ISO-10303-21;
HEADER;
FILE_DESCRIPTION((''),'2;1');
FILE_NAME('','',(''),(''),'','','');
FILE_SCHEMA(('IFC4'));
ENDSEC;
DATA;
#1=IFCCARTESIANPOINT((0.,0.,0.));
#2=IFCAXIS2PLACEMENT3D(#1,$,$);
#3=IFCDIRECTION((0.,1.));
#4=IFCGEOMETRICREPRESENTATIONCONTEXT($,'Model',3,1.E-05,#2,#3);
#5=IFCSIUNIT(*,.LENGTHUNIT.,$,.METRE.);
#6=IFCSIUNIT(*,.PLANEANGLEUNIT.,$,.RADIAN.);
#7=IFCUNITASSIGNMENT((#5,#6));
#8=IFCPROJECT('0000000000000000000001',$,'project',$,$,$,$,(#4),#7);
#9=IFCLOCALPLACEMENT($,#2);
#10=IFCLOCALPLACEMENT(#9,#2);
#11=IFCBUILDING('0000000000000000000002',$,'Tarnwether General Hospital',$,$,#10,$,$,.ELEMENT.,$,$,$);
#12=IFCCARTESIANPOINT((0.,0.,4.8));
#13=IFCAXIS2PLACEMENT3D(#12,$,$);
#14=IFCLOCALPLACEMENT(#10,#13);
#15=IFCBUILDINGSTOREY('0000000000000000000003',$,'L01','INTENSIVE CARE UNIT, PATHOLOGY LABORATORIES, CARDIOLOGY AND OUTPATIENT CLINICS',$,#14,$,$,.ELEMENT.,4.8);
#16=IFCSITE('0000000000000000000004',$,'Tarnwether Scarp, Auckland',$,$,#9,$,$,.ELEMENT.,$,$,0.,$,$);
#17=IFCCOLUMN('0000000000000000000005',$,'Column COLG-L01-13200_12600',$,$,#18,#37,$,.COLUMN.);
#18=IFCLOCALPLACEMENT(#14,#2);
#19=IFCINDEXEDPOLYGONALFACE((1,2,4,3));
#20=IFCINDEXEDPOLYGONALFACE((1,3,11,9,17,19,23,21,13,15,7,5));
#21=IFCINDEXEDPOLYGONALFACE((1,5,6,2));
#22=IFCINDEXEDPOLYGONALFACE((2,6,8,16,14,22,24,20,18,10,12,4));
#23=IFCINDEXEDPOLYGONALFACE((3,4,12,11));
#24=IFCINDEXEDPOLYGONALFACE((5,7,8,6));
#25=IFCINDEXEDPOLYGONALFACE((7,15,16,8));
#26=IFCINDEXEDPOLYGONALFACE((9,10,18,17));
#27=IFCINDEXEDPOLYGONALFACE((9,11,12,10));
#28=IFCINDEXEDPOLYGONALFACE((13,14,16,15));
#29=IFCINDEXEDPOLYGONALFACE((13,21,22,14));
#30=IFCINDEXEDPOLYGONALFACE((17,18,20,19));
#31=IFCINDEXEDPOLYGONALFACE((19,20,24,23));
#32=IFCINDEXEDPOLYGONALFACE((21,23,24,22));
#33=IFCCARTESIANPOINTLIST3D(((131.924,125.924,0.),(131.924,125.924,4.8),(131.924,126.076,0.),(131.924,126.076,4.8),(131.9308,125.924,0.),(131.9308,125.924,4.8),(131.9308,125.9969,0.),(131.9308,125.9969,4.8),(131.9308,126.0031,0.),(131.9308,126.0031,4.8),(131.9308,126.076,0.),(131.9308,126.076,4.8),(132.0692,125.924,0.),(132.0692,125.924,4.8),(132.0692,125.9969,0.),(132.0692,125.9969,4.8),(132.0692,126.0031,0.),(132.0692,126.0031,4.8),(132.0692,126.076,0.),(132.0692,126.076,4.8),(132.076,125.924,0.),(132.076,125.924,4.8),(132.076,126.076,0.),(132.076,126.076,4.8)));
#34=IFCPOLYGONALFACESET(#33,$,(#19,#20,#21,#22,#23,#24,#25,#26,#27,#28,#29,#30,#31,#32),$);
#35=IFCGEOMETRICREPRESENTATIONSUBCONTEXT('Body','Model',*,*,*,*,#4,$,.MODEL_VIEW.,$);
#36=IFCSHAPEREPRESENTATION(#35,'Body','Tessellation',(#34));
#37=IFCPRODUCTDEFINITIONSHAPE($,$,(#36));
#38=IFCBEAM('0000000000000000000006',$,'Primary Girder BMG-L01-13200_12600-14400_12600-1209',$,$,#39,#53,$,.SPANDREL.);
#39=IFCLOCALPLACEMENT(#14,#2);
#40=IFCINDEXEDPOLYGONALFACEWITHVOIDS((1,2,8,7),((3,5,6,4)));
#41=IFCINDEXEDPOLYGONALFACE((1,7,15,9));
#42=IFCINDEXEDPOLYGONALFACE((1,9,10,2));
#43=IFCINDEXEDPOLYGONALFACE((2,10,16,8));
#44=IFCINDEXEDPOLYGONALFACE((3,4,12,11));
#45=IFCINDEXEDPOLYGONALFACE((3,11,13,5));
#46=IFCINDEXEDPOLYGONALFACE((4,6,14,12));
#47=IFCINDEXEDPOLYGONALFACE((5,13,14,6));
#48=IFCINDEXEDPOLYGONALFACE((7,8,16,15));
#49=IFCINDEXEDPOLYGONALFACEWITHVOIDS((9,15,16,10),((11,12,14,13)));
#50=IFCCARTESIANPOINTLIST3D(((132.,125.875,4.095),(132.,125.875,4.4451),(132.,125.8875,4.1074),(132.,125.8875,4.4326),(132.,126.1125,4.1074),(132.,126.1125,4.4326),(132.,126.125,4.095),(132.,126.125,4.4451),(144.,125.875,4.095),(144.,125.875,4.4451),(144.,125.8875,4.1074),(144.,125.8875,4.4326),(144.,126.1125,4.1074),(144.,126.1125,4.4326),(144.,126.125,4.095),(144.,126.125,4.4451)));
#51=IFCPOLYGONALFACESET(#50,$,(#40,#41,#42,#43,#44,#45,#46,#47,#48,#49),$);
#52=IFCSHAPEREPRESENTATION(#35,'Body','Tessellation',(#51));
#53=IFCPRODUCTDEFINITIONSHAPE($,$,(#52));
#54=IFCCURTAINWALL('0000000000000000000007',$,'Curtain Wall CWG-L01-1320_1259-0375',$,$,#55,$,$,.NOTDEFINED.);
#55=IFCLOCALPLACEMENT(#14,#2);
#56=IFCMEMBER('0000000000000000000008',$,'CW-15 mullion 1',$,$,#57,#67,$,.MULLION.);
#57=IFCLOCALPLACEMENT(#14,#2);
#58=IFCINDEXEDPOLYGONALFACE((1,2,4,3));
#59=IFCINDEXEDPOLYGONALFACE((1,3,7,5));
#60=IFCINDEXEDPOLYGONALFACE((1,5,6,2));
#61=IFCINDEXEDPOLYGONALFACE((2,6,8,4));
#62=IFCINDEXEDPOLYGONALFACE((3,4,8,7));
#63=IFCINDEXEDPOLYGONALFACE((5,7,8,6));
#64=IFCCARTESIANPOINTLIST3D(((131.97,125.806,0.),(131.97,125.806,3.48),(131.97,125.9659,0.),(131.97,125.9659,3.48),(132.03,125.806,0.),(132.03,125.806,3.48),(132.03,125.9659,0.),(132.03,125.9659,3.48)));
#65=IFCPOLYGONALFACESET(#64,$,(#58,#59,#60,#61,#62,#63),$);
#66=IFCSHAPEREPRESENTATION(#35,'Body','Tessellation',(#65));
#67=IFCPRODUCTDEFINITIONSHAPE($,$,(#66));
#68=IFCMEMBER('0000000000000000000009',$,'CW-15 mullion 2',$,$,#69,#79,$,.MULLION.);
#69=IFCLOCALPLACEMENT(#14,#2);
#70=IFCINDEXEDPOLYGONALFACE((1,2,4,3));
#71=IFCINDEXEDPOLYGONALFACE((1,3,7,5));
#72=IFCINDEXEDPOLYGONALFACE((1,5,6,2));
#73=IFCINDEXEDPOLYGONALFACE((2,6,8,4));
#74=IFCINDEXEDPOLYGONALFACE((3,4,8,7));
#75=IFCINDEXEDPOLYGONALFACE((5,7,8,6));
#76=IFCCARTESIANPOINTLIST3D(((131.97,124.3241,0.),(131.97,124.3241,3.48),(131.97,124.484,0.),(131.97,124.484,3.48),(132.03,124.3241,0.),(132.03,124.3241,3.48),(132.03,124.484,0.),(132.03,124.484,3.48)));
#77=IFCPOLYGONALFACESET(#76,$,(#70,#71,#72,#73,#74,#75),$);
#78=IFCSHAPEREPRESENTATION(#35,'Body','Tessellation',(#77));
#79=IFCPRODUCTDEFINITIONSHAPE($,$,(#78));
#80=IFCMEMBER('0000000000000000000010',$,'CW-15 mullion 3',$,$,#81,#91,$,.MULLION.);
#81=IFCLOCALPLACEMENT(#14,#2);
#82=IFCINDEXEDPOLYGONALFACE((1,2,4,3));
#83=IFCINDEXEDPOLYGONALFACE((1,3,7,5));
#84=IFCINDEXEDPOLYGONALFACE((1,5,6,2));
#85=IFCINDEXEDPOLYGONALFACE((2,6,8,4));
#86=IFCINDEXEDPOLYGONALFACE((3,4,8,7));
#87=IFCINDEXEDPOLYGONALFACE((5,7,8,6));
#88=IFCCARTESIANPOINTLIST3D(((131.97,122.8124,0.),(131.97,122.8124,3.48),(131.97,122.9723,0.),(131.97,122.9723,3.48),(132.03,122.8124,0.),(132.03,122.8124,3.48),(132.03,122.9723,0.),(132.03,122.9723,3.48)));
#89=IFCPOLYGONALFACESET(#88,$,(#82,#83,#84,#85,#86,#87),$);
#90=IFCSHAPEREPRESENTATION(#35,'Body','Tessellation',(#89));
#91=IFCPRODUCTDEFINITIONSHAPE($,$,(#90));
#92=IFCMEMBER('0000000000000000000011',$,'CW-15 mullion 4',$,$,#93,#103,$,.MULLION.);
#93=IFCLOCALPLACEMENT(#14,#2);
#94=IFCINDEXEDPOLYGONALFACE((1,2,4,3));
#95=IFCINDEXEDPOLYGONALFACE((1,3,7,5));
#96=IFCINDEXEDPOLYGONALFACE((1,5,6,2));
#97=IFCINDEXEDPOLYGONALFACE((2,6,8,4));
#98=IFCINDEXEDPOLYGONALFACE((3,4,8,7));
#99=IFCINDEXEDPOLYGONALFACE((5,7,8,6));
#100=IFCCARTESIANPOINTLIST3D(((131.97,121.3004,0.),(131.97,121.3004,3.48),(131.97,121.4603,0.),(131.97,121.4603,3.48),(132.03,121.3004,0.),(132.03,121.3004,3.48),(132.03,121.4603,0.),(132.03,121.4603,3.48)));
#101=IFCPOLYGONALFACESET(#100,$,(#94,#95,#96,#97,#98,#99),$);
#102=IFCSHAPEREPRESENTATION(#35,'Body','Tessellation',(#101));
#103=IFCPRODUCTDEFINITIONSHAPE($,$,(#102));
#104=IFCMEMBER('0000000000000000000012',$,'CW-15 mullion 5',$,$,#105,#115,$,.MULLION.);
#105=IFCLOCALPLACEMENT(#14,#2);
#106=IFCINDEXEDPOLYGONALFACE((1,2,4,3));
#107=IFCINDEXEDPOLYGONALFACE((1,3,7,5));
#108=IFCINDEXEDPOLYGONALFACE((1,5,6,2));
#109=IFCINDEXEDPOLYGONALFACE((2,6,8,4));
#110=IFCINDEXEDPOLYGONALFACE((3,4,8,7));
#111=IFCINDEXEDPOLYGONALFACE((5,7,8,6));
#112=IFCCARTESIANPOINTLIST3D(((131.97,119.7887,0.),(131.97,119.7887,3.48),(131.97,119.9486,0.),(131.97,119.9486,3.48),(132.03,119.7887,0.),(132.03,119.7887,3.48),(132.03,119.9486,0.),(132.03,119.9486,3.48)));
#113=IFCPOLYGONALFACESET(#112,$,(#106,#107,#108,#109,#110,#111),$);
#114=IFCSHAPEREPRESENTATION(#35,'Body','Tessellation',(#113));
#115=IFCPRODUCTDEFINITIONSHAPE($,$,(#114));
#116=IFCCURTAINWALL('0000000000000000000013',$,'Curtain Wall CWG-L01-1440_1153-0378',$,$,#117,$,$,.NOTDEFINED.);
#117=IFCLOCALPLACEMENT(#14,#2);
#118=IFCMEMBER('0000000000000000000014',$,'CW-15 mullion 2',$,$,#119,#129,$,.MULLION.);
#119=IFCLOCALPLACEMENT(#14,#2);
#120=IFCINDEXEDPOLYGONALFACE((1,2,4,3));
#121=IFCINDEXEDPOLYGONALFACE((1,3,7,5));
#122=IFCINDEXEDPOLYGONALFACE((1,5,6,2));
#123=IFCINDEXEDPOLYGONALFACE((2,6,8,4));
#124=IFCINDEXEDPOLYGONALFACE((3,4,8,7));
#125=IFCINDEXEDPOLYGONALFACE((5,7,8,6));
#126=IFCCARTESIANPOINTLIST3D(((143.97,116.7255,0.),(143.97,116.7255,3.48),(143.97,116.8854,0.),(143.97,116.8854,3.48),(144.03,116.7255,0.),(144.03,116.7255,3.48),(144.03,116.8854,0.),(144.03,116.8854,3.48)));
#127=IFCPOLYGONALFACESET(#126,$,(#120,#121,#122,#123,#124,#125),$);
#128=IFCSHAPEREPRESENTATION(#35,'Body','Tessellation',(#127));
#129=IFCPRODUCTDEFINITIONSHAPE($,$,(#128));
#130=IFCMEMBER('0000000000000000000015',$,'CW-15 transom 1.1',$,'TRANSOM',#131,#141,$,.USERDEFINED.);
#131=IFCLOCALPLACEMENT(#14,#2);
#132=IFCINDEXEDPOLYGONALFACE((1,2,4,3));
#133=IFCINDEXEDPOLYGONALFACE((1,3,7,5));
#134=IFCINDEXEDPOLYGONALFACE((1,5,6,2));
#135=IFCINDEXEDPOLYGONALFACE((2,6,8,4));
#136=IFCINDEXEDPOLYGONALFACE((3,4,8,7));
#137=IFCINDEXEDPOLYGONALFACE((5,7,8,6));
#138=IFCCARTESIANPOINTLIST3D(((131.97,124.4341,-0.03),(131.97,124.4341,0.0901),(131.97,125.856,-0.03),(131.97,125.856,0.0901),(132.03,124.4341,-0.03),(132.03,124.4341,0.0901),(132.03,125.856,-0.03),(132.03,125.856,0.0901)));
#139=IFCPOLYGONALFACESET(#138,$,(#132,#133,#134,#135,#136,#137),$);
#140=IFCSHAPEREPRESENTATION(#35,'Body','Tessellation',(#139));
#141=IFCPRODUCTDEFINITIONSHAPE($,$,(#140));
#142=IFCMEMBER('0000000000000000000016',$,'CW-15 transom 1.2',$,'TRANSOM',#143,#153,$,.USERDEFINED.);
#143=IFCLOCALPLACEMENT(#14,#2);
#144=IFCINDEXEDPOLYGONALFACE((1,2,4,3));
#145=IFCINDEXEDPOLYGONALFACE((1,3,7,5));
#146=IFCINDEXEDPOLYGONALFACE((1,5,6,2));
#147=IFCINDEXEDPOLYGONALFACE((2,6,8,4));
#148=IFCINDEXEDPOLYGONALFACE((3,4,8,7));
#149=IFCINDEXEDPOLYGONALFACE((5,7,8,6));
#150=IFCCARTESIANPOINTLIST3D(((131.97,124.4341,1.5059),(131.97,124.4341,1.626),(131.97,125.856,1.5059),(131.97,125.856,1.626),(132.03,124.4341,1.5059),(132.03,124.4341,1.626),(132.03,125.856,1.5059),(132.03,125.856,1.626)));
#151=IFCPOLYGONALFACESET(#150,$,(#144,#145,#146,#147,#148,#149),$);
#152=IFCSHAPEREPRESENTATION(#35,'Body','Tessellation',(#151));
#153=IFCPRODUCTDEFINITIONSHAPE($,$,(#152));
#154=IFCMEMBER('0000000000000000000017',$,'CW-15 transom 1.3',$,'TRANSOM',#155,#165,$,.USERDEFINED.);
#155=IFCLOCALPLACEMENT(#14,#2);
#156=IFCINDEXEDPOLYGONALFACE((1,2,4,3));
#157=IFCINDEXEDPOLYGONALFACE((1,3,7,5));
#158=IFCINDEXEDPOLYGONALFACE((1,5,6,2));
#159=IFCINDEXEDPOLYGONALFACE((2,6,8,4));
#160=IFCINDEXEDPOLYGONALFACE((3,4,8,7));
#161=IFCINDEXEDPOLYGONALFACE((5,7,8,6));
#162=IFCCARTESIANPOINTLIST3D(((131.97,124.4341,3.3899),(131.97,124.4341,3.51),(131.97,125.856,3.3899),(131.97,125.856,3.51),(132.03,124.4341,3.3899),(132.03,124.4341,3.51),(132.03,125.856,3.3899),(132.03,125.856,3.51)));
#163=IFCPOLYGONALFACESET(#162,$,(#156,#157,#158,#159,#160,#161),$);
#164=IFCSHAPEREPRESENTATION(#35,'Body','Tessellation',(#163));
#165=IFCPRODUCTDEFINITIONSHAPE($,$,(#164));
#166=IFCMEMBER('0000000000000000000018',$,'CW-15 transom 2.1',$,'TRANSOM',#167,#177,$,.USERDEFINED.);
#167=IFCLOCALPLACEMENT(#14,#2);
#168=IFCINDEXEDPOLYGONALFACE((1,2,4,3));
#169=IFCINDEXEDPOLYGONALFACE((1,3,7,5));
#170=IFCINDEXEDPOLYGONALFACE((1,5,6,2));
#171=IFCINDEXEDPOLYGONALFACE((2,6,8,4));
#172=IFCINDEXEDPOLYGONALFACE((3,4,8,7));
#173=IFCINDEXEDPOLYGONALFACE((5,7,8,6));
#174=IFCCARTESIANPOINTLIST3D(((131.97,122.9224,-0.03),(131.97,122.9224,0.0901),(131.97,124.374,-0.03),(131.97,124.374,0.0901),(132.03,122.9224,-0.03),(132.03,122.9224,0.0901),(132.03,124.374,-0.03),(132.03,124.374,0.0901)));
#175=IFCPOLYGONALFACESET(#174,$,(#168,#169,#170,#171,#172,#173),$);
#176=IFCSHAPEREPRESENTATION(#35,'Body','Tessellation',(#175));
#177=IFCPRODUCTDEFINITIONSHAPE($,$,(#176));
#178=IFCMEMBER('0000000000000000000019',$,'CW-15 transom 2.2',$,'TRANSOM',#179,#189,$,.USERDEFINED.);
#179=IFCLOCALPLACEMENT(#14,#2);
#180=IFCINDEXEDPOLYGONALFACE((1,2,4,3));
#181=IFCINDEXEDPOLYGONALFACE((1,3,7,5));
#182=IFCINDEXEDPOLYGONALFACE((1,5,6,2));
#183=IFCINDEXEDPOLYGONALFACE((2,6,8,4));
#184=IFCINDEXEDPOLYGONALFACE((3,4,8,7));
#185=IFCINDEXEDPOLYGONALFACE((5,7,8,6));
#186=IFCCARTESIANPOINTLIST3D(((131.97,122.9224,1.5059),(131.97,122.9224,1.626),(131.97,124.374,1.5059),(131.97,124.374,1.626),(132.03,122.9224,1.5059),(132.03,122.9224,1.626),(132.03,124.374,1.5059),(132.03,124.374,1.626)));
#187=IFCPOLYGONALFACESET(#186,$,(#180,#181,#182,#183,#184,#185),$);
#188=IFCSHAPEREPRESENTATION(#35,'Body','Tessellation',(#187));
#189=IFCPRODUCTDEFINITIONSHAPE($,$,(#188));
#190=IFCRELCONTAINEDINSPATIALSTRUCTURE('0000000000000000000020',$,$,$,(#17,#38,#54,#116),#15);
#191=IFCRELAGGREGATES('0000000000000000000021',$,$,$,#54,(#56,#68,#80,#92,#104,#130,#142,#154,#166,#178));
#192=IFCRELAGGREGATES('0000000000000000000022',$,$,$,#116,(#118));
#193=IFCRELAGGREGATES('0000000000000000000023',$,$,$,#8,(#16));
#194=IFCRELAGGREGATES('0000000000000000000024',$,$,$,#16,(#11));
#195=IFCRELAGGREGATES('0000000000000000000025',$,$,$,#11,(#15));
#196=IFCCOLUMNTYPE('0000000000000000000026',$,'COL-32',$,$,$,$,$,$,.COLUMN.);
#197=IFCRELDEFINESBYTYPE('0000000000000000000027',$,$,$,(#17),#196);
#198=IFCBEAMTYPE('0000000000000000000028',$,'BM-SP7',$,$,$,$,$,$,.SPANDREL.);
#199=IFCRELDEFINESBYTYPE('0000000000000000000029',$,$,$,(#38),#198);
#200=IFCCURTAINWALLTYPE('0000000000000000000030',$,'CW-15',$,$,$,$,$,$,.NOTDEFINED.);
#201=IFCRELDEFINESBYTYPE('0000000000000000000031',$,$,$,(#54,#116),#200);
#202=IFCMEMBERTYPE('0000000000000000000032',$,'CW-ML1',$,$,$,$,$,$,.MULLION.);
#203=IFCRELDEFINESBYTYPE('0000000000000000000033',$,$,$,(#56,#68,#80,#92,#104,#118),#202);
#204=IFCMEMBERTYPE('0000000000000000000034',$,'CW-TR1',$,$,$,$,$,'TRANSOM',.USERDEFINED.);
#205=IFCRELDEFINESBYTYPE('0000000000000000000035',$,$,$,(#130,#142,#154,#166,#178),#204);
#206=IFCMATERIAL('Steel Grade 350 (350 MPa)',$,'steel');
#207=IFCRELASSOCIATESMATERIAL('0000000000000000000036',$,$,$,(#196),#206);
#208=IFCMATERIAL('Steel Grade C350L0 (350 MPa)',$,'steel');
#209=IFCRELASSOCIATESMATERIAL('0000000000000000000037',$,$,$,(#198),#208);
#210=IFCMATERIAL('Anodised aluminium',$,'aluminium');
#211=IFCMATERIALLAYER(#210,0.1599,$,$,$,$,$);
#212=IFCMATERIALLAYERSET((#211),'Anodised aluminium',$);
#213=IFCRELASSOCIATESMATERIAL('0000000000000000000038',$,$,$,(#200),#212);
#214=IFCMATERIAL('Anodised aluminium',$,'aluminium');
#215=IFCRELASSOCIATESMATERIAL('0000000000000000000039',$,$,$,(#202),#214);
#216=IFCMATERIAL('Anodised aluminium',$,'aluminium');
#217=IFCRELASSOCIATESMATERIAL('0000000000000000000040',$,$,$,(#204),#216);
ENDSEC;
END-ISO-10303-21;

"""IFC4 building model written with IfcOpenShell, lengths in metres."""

from ifc_helpers import new_model, si_unit, direction, frame, origin, origin_2d, place, context, subcontext, project, spatial, rectangle, hollow_rectangle, i_section, extrude, material, layer, layer_set, material_profile, profile_set, type_object, element, aggregate, save


model = new_model("IFC4")

# Units and contexts
model_context = context("Model", 3, precision=1e-05, world=origin(), true_north=direction((0.0, 1.0)))
body_context = subcontext(model_context, "Body", "Model", "MODEL_VIEW")
ifc_project = project(units=[si_unit("LENGTHUNIT", "METRE"), si_unit("PLANEANGLEUNIT", "RADIAN")], contexts=[model_context])

# Site, building, storey
site_placement = place(None, origin())
site = spatial("IfcSite", under=ifc_project, at=site_placement, Name="Tarnwether Scarp, Auckland", CompositionType="ELEMENT", RefElevation=0.0)
building_placement = place(site_placement, origin())
building = spatial("IfcBuilding", under=site, at=building_placement, Name="Tarnwether General Hospital", CompositionType="ELEMENT")
storey_placement = place(building_placement, frame((0.0, 0.0, 4.8)))
storey = spatial("IfcBuildingStorey", under=building, at=storey_placement, Name="L01", Description="INTENSIVE CARE UNIT, PATHOLOGY LABORATORIES, CARDIOLOGY AND OUTPATIENT CLINICS", CompositionType="ELEMENT", Elevation=4.8)

# Column
ifc_material_1 = material(Name="Steel Grade 350 (350 MPa)", Category="steel")
ifc_material_profile_1 = material_profile(ifc_material_1, i_section(OverallWidth=0.1521, OverallDepth=0.1521, WebThickness=0.0061, FlangeThickness=0.0068, at=origin_2d()), Name="150UC23.4")
ifc_profile_set_1 = profile_set([ifc_material_profile_1], Name="Steel Grade 350 (350 MPa)")
column_type = type_object("IfcColumnType", Name="COL-32", PredefinedType="COLUMN", material=ifc_profile_set_1)
column_placement = place(storey_placement, frame((132.0, 126.0, 0.0), z_axis=(0.0, 0.0, 1.0), x_axis=(0.0, 1.0, 0.0)))
element("IfcColumn", 1, at=column_placement, inside=storey, type_object=column_type, Name="Column COLG-L01-13200_12600", PredefinedType="COLUMN", context=body_context, shape_type="SweptSolid", body=[
    extrude(i_section(OverallWidth=0.1521, OverallDepth=0.1521, WebThickness=0.0061, FlangeThickness=0.0068, at=origin_2d()), origin(), (0.0, 0.0, 1.0), 4.8),
])

# Beam
ifc_material_2 = material(Name="Steel Grade C350L0 (350 MPa)", Category="steel")
ifc_material_profile_2 = material_profile(ifc_material_2, hollow_rectangle(XDim=0.25, YDim=0.3501, WallThickness=0.0125, at=origin_2d()), Name="RHS350x250x12.5")
ifc_profile_set_2 = profile_set([ifc_material_profile_2], Name="Steel Grade C350L0 (350 MPa)")
beam_type = type_object("IfcBeamType", Name="BM-SP7", PredefinedType="SPANDREL", material=ifc_profile_set_2)
beam_placement = place(storey_placement, frame((132.0, 126.0, 4.27), z_axis=(1.0, 0.0, 0.0), x_axis=(0.0, 1.0, 0.0)))
element("IfcBeam", 2, at=beam_placement, inside=storey, type_object=beam_type, Name="Primary Girder BMG-L01-13200_12600-14400_12600-1209", PredefinedType="SPANDREL", context=body_context, shape_type="SweptSolid", body=[
    extrude(hollow_rectangle(XDim=0.25, YDim=0.3501, WallThickness=0.0125, at=origin_2d()), origin(), (0.0, 0.0, 1.0), 12.0),
])

# Curtain wall, members
ifc_material_3 = material(Name="Anodised aluminium", Category="aluminium")
ifc_layer_1 = layer(ifc_material_3, 0.1599)
ifc_layer_set_1 = layer_set([ifc_layer_1], Name="Anodised aluminium")
curtain_wall_type = type_object("IfcCurtainWallType", Name="CW-15", PredefinedType="NOTDEFINED", material=ifc_layer_set_1)
curtain_wall_1_placement = place(storey_placement, origin())
curtain_wall_1 = element("IfcCurtainWall", 3, at=curtain_wall_1_placement, inside=storey, type_object=curtain_wall_type, Name="Curtain Wall CWG-L01-1320_1259-0375", PredefinedType="NOTDEFINED")
ifc_material_4 = material(Name="Anodised aluminium", Category="aluminium")
ifc_material_profile_3 = material_profile(ifc_material_4, rectangle(XDim=0.0601, YDim=0.1599, at=origin_2d()), Name="ALU-MUL-60x160")
ifc_profile_set_3 = profile_set([ifc_material_profile_3], Name="Anodised aluminium")
member_type_1 = type_object("IfcMemberType", Name="CW-ML1", PredefinedType="MULLION", material=ifc_profile_set_3)
member_1_placement = place(storey_placement, frame((132.0, 125.886, 0.0), z_axis=(0.0, 0.0, 1.0), x_axis=(1.0, 0.0, 0.0)))
member_1 = element("IfcMember", 4, at=member_1_placement, type_object=member_type_1, Name="CW-15 mullion 1", PredefinedType="MULLION", context=body_context, shape_type="SweptSolid", body=[
    extrude(rectangle(XDim=0.0601, YDim=0.1599, at=origin_2d()), origin(), (0.0, 0.0, 1.0), 3.48),
])
member_2_placement = place(storey_placement, frame((132.0, 124.4041, 0.0), z_axis=(0.0, 0.0, 1.0), x_axis=(1.0, 0.0, 0.0)))
member_2 = element("IfcMember", 5, at=member_2_placement, type_object=member_type_1, Name="CW-15 mullion 2", PredefinedType="MULLION", context=body_context, shape_type="SweptSolid", body=[
    extrude(rectangle(XDim=0.0601, YDim=0.1599, at=origin_2d()), origin(), (0.0, 0.0, 1.0), 3.48),
])
member_3_placement = place(storey_placement, frame((132.0, 122.8923, 0.0), z_axis=(0.0, 0.0, 1.0), x_axis=(1.0, 0.0, 0.0)))
member_3 = element("IfcMember", 6, at=member_3_placement, type_object=member_type_1, Name="CW-15 mullion 3", PredefinedType="MULLION", context=body_context, shape_type="SweptSolid", body=[
    extrude(rectangle(XDim=0.0601, YDim=0.1599, at=origin_2d()), origin(), (0.0, 0.0, 1.0), 3.48),
])
member_4_placement = place(storey_placement, frame((132.0, 121.3804, 0.0), z_axis=(0.0, 0.0, 1.0), x_axis=(1.0, 0.0, 0.0)))
member_4 = element("IfcMember", 7, at=member_4_placement, type_object=member_type_1, Name="CW-15 mullion 4", PredefinedType="MULLION", context=body_context, shape_type="SweptSolid", body=[
    extrude(rectangle(XDim=0.0601, YDim=0.1599, at=origin_2d()), origin(), (0.0, 0.0, 1.0), 3.48),
])
member_5_placement = place(storey_placement, frame((132.0, 119.8687, 0.0), z_axis=(0.0, 0.0, 1.0), x_axis=(1.0, 0.0, 0.0)))
member_5 = element("IfcMember", 8, at=member_5_placement, type_object=member_type_1, Name="CW-15 mullion 5", PredefinedType="MULLION", context=body_context, shape_type="SweptSolid", body=[
    extrude(rectangle(XDim=0.0601, YDim=0.1599, at=origin_2d()), origin(), (0.0, 0.0, 1.0), 3.48),
])

# Curtain wall, member
curtain_wall_2_placement = place(storey_placement, origin())
curtain_wall_2 = element("IfcCurtainWall", 9, at=curtain_wall_2_placement, inside=storey, type_object=curtain_wall_type, Name="Curtain Wall CWG-L01-1440_1153-0378", PredefinedType="NOTDEFINED")
member_6_placement = place(storey_placement, frame((144.0, 116.8054, 0.0), z_axis=(0.0, 0.0, 1.0), x_axis=(-1.0, 0.0, 0.0)))
member_6 = element("IfcMember", 10, at=member_6_placement, type_object=member_type_1, Name="CW-15 mullion 2", PredefinedType="MULLION", context=body_context, shape_type="SweptSolid", body=[
    extrude(rectangle(XDim=0.0601, YDim=0.1599, at=origin_2d()), origin(), (0.0, 0.0, 1.0), 3.48),
])

# Members
ifc_material_5 = material(Name="Anodised aluminium", Category="aluminium")
ifc_material_profile_4 = material_profile(ifc_material_5, rectangle(XDim=0.0601, YDim=0.1201, at=origin_2d()), Name="ALU-TRN-60x120")
ifc_profile_set_4 = profile_set([ifc_material_profile_4], Name="Anodised aluminium")
member_type_2 = type_object("IfcMemberType", Name="CW-TR1", ElementType="TRANSOM", PredefinedType="USERDEFINED", material=ifc_profile_set_4)
member_7_placement = place(storey_placement, frame((132.0, 125.856, 0.03), z_axis=(0.0, -1.0, 0.0), x_axis=(1.0, 0.0, 0.0)))
member_7 = element("IfcMember", 11, at=member_7_placement, type_object=member_type_2, Name="CW-15 transom 1.1", ObjectType="TRANSOM", PredefinedType="USERDEFINED", context=body_context, shape_type="SweptSolid", body=[
    extrude(rectangle(XDim=0.0601, YDim=0.1201, at=origin_2d()), origin(), (0.0, 0.0, 1.0), 1.4219),
])
member_8_placement = place(storey_placement, frame((132.0, 125.856, 1.5659), z_axis=(0.0, -1.0, 0.0), x_axis=(1.0, 0.0, 0.0)))
member_8 = element("IfcMember", 12, at=member_8_placement, type_object=member_type_2, Name="CW-15 transom 1.2", ObjectType="TRANSOM", PredefinedType="USERDEFINED", context=body_context, shape_type="SweptSolid", body=[
    extrude(rectangle(XDim=0.0601, YDim=0.1201, at=origin_2d()), origin(), (0.0, 0.0, 1.0), 1.4219),
])
member_9_placement = place(storey_placement, frame((132.0, 125.856, 3.45), z_axis=(0.0, -1.0, 0.0), x_axis=(1.0, 0.0, 0.0)))
member_9 = element("IfcMember", 13, at=member_9_placement, type_object=member_type_2, Name="CW-15 transom 1.3", ObjectType="TRANSOM", PredefinedType="USERDEFINED", context=body_context, shape_type="SweptSolid", body=[
    extrude(rectangle(XDim=0.0601, YDim=0.1201, at=origin_2d()), origin(), (0.0, 0.0, 1.0), 1.4219),
])
member_10_placement = place(storey_placement, frame((132.0, 124.374, 0.03), z_axis=(0.0, -1.0, 0.0), x_axis=(1.0, 0.0, 0.0)))
member_10 = element("IfcMember", 14, at=member_10_placement, type_object=member_type_2, Name="CW-15 transom 2.1", ObjectType="TRANSOM", PredefinedType="USERDEFINED", context=body_context, shape_type="SweptSolid", body=[
    extrude(rectangle(XDim=0.0601, YDim=0.1201, at=origin_2d()), origin(), (0.0, 0.0, 1.0), 1.4517),
])
member_11_placement = place(storey_placement, frame((132.0, 124.374, 1.5659), z_axis=(0.0, -1.0, 0.0), x_axis=(1.0, 0.0, 0.0)))
member_11 = element("IfcMember", 15, at=member_11_placement, type_object=member_type_2, Name="CW-15 transom 2.2", ObjectType="TRANSOM", PredefinedType="USERDEFINED", context=body_context, shape_type="SweptSolid", body=[
    extrude(rectangle(XDim=0.0601, YDim=0.1201, at=origin_2d()), origin(), (0.0, 0.0, 1.0), 1.4517),
])

aggregate(curtain_wall_1, [member_1, member_2, member_3, member_4, member_5, member_7, member_8, member_9, member_10, member_11])
aggregate(curtain_wall_2, [member_6])

save(model, "model.ifc")
